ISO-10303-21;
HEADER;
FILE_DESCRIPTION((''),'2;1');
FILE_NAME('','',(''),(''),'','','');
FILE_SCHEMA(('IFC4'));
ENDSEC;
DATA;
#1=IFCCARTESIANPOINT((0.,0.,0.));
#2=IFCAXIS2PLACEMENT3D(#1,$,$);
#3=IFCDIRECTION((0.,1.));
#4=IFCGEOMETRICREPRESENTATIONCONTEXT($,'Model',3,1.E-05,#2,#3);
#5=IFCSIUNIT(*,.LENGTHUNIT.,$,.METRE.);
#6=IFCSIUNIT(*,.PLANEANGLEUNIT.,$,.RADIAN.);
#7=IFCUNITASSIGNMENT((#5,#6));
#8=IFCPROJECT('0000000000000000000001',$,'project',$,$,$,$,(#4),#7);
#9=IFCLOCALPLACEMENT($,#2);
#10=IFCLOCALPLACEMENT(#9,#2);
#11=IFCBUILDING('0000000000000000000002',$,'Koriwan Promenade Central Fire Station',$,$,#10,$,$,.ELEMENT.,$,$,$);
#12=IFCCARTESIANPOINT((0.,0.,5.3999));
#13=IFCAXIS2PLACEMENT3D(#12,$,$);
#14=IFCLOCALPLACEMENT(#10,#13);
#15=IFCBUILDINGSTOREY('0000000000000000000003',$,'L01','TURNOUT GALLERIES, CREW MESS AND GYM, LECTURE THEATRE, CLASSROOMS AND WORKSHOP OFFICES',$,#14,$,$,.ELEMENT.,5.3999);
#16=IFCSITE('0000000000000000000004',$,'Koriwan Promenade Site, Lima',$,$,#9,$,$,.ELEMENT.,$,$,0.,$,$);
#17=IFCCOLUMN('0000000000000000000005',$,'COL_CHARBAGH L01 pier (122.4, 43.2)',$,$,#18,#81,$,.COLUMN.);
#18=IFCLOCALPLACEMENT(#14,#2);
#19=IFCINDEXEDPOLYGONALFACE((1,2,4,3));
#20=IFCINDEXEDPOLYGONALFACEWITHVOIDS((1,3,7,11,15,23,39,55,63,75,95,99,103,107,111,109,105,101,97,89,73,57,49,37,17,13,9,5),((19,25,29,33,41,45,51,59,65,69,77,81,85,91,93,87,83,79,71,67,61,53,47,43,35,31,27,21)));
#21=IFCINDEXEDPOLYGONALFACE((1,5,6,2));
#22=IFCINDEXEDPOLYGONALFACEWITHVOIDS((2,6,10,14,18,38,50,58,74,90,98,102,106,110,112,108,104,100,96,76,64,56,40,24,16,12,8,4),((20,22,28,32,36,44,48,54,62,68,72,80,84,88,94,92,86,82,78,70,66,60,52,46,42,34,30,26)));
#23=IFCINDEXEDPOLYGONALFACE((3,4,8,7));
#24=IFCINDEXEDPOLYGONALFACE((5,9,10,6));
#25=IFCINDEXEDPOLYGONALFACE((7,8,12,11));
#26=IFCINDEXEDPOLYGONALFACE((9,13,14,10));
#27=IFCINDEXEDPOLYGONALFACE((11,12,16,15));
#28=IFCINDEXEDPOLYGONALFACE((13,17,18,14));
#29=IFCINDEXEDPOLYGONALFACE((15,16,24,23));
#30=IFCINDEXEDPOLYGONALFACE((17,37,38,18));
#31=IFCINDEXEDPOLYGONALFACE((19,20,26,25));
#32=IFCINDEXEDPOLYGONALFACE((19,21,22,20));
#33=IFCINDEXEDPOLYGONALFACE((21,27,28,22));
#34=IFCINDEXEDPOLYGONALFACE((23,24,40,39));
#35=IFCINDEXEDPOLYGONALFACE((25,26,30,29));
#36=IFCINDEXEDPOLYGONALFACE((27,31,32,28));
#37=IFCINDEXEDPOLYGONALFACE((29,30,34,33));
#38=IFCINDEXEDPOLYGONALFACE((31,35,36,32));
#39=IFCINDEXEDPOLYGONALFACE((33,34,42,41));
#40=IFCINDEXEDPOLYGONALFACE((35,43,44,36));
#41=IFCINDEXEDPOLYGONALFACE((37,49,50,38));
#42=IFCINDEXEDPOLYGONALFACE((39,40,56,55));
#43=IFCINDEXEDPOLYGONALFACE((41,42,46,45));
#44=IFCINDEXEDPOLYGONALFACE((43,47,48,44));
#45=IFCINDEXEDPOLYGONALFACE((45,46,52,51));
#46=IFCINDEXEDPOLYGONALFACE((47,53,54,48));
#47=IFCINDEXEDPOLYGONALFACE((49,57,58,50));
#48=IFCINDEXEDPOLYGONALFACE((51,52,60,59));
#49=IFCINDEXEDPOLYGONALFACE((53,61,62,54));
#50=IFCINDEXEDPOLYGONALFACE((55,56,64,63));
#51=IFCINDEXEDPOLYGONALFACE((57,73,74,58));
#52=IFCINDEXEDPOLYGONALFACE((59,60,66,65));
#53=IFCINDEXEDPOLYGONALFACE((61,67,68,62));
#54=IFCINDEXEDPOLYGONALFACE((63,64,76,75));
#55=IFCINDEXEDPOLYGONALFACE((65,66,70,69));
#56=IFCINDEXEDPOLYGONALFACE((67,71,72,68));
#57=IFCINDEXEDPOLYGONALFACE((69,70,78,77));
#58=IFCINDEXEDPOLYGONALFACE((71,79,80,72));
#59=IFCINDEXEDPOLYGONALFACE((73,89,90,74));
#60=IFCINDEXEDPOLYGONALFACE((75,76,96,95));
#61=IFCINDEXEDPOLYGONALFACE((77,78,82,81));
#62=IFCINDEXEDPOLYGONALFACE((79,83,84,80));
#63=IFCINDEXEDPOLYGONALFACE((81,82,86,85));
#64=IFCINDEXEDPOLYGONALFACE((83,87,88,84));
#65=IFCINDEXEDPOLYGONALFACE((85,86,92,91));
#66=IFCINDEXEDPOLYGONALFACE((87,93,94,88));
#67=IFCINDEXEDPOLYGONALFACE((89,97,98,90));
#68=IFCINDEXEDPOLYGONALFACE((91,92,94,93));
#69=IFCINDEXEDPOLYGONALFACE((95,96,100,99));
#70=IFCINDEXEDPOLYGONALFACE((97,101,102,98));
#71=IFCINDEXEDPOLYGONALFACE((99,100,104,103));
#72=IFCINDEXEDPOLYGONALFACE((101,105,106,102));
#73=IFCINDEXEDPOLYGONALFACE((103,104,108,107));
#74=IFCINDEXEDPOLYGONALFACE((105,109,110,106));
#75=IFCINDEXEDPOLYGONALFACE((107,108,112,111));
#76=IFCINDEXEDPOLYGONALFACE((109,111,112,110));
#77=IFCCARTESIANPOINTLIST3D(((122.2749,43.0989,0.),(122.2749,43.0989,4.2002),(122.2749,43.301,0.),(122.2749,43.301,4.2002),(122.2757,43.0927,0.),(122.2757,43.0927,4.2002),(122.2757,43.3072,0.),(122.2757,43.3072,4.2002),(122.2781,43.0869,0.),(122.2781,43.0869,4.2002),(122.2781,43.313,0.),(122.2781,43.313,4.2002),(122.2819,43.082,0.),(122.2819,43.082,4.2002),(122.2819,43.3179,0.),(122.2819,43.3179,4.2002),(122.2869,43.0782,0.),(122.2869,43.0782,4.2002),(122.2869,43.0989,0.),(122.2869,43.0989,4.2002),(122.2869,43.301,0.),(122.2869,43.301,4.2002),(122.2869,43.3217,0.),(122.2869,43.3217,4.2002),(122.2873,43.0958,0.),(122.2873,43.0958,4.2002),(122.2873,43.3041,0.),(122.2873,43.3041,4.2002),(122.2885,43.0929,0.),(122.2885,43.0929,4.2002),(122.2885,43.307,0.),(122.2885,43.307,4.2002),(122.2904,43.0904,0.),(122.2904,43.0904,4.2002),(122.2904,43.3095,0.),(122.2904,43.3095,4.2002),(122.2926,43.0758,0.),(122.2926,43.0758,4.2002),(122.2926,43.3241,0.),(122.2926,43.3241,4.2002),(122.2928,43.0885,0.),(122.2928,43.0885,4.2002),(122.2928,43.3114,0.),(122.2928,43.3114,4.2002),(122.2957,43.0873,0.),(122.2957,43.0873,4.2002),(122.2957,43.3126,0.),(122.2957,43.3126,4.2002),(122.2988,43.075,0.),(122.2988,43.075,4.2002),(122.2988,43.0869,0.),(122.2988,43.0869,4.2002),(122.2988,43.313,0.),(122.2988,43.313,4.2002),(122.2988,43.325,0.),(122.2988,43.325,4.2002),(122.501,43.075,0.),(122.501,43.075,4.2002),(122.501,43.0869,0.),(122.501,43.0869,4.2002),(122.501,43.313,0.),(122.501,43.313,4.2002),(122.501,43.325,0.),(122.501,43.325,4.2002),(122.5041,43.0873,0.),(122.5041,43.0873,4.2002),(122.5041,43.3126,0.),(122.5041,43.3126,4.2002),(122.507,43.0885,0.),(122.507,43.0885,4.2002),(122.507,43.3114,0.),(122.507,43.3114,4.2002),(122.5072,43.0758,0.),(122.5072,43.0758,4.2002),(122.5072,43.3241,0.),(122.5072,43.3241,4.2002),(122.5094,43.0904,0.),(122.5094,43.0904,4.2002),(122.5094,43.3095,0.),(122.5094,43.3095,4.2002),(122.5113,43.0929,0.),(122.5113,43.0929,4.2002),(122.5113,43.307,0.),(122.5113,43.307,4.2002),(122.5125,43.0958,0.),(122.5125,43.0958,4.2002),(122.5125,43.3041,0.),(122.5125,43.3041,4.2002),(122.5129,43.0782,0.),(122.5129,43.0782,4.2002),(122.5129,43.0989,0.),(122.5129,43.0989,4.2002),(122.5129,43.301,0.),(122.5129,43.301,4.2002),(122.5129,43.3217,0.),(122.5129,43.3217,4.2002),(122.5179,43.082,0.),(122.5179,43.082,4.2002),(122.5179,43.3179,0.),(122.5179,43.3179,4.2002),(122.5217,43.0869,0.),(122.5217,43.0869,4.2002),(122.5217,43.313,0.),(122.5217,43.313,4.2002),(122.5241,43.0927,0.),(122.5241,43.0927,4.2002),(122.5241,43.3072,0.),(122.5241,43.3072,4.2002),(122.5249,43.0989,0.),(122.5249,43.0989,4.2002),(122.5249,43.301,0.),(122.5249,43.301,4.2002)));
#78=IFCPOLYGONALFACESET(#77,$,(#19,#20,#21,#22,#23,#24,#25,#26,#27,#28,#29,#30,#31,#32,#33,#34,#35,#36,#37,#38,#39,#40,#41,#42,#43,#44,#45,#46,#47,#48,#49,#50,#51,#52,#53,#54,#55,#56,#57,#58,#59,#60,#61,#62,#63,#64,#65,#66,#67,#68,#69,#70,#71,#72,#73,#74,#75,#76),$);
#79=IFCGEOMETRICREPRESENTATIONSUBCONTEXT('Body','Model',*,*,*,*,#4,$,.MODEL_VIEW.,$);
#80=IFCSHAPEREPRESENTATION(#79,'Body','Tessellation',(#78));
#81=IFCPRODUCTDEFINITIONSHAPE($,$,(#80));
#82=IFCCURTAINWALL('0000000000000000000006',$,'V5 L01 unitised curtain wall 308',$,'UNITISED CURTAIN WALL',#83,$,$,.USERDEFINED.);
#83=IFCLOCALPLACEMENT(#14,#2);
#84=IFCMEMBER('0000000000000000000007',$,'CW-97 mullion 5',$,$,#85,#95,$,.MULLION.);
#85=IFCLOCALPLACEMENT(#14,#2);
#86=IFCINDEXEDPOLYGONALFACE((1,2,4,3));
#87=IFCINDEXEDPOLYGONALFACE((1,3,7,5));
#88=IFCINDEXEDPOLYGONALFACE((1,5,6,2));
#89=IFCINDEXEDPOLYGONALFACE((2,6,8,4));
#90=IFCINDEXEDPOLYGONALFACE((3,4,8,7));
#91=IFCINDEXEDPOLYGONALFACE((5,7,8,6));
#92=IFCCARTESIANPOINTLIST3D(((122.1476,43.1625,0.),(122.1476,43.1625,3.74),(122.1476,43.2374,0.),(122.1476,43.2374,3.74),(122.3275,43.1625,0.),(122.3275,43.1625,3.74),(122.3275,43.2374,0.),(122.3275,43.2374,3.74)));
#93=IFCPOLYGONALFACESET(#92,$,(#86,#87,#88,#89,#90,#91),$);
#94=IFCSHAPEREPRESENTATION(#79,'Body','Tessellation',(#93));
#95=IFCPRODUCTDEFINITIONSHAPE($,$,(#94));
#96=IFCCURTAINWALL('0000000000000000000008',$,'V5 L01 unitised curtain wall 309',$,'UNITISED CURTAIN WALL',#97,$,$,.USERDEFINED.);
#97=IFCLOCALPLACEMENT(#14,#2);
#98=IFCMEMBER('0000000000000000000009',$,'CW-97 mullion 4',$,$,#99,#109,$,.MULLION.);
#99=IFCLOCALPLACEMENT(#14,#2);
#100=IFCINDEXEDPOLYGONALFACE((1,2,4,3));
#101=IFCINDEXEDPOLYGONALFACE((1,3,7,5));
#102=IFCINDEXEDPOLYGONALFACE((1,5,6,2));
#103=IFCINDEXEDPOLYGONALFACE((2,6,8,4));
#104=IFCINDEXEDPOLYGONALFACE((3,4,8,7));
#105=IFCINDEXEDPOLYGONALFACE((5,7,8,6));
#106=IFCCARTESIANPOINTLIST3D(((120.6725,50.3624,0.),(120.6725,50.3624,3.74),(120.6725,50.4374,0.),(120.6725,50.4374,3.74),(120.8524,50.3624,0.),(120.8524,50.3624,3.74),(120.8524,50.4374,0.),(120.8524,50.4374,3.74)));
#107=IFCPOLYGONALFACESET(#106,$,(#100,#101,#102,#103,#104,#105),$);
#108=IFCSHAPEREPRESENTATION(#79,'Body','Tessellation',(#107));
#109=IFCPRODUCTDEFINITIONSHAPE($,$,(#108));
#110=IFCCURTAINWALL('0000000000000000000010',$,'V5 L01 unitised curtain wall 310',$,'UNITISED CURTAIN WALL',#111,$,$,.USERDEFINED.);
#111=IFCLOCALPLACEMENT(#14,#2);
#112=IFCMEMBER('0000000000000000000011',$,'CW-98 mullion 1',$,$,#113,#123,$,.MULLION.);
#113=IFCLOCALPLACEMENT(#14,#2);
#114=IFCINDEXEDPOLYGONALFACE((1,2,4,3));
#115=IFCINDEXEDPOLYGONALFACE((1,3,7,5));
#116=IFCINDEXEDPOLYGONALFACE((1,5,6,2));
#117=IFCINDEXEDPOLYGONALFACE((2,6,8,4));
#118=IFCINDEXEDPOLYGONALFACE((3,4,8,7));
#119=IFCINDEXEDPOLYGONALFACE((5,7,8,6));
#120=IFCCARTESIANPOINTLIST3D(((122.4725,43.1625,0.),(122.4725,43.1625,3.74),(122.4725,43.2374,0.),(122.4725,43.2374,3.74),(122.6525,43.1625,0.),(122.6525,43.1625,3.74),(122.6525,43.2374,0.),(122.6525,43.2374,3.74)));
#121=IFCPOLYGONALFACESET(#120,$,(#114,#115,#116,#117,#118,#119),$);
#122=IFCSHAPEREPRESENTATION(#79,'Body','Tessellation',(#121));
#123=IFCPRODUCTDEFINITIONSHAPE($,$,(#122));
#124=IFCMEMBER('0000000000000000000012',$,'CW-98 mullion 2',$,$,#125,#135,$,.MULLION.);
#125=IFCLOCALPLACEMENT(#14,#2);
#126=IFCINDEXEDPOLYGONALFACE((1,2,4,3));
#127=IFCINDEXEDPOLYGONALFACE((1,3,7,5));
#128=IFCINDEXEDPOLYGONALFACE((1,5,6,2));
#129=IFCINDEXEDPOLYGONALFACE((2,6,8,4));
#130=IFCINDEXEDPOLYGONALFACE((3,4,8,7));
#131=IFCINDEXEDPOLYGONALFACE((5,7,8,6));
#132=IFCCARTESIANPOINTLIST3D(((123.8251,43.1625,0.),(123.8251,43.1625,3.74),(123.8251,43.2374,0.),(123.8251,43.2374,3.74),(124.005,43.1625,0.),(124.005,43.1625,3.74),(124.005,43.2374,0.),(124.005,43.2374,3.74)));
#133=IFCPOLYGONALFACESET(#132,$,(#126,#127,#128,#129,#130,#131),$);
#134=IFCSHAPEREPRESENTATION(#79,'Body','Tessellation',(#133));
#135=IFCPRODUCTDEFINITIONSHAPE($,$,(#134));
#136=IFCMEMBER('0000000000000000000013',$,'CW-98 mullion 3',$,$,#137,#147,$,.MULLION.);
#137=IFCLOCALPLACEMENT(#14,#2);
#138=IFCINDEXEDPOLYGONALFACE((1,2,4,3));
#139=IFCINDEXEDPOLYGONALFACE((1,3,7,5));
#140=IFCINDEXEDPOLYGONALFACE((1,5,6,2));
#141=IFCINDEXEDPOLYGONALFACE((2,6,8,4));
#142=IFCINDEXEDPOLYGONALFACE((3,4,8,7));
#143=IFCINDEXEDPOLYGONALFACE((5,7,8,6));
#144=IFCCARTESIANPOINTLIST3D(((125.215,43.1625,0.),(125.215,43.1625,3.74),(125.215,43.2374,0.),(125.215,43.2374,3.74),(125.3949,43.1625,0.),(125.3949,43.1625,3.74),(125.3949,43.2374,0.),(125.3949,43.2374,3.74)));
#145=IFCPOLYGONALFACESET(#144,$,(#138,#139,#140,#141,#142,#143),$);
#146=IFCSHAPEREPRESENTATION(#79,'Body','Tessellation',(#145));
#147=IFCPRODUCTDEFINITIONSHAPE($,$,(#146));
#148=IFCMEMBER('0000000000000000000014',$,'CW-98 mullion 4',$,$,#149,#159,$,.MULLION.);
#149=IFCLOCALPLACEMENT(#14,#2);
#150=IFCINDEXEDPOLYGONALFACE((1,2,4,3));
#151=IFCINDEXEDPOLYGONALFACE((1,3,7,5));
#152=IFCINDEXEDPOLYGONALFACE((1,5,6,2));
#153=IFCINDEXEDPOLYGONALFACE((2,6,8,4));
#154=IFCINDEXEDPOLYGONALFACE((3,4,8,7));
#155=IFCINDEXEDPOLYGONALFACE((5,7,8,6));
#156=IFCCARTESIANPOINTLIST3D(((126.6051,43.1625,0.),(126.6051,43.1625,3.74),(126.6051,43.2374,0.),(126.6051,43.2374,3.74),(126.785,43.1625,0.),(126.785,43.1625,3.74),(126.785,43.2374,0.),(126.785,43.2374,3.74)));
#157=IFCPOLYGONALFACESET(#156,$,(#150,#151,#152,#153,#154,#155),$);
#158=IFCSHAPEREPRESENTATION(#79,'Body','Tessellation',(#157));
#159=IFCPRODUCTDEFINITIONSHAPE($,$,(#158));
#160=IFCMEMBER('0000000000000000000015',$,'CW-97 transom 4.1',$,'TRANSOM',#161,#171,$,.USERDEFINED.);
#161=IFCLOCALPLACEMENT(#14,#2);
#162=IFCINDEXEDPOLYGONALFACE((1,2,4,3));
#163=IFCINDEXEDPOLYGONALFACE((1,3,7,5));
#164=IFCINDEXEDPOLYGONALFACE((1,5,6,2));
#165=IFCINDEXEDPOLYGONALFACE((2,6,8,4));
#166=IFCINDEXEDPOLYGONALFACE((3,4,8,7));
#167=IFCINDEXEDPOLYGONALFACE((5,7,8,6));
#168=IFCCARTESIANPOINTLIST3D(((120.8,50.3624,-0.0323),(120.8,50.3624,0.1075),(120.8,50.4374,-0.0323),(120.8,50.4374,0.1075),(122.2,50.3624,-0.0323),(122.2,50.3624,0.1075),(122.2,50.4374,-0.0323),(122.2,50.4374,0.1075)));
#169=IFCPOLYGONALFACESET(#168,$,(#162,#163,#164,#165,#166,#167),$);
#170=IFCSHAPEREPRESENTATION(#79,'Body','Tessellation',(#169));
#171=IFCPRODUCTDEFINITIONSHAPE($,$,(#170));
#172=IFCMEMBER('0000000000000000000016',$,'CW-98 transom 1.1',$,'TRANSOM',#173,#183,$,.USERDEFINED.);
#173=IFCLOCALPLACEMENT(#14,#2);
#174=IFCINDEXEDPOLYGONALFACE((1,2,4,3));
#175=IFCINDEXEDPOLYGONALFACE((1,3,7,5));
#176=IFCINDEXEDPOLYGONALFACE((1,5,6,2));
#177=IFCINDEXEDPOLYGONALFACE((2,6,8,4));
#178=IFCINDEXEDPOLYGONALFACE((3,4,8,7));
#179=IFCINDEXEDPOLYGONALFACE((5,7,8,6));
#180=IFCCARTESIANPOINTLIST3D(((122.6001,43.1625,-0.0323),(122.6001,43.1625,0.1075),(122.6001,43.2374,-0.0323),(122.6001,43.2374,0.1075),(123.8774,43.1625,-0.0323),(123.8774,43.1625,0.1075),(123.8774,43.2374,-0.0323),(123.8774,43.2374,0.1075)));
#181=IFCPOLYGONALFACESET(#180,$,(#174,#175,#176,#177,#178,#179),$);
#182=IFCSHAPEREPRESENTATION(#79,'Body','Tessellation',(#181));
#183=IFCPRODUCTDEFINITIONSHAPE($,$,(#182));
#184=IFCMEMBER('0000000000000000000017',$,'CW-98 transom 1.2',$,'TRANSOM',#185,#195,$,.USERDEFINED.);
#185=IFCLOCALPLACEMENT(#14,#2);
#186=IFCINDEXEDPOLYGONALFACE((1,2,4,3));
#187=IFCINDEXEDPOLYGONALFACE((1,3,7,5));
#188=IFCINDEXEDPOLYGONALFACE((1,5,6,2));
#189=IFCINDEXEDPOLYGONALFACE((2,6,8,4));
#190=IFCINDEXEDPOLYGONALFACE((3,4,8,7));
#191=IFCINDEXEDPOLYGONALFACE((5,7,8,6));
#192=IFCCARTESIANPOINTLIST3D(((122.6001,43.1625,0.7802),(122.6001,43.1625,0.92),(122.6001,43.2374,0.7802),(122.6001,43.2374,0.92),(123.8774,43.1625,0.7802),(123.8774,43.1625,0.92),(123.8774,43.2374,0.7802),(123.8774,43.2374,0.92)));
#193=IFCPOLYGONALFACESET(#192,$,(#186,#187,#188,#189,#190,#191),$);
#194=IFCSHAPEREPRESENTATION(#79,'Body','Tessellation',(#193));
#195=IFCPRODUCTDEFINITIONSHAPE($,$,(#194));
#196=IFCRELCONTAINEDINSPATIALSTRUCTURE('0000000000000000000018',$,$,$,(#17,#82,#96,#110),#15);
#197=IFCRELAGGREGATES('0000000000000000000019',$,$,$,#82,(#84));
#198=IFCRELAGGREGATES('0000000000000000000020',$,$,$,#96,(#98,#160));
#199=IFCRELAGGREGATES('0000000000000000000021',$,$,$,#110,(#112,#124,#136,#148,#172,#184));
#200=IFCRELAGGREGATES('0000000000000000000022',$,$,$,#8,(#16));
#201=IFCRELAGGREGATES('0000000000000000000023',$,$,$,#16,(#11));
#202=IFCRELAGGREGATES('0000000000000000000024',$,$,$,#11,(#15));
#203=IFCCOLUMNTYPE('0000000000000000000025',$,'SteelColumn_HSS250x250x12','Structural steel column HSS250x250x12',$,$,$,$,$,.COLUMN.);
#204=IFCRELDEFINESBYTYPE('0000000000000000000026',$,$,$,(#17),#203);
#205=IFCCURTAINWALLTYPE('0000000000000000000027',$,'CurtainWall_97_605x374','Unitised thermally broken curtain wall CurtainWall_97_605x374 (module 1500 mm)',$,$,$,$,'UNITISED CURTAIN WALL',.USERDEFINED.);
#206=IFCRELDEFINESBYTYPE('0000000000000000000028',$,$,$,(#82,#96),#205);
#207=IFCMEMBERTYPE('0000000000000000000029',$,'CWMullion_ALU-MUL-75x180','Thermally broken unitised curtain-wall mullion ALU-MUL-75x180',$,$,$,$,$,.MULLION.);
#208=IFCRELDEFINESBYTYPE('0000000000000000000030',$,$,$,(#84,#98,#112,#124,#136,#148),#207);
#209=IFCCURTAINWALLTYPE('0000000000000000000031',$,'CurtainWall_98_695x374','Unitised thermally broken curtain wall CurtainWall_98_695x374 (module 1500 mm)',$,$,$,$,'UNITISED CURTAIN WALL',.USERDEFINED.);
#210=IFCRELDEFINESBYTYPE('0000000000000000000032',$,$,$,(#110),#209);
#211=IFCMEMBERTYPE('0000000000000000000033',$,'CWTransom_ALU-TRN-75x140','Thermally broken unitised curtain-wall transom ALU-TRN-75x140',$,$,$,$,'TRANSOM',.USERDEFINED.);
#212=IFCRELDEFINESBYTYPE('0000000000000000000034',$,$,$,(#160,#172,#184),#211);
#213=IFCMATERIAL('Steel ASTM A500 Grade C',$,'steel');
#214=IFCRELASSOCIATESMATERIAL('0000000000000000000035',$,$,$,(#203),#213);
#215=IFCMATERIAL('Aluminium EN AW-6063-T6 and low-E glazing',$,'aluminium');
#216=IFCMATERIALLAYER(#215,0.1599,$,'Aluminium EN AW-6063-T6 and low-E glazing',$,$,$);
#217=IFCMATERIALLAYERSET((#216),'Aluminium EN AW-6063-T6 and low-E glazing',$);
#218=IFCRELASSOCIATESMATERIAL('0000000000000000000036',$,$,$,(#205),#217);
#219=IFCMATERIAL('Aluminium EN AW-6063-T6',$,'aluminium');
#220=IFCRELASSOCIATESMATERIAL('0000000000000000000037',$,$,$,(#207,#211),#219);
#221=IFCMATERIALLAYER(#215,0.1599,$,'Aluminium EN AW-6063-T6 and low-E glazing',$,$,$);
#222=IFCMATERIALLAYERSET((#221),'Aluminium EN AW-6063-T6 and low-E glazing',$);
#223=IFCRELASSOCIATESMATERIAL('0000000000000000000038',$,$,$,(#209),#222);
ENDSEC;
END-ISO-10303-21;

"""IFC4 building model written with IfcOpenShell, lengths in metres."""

from ifc_helpers import new_model, si_unit, direction, frame, origin, origin_2d, place, context, subcontext, project, spatial, rectangle, hollow_rectangle, extrude, material, layer, layer_set, material_profile, profile_set, type_object, element, aggregate, save


model = new_model("IFC4")

# Units and contexts
model_context = context("Model", 3, precision=1e-05, world=origin(), true_north=direction((0.0, 1.0)))
body_context = subcontext(model_context, "Body", "Model", "MODEL_VIEW")
ifc_project = project(units=[si_unit("LENGTHUNIT", "METRE"), si_unit("PLANEANGLEUNIT", "RADIAN")], contexts=[model_context])

# Site, building, storey
site_placement = place(None, origin())
site = spatial("IfcSite", under=ifc_project, at=site_placement, Name="Koriwan Promenade Site, Lima", CompositionType="ELEMENT", RefElevation=0.0)
building_placement = place(site_placement, origin())
building = spatial("IfcBuilding", under=site, at=building_placement, Name="Koriwan Promenade Central Fire Station", CompositionType="ELEMENT")
storey_placement = place(building_placement, frame((0.0, 0.0, 5.3999)))
storey = spatial("IfcBuildingStorey", under=building, at=storey_placement, Name="L01", Description="TURNOUT GALLERIES, CREW MESS AND GYM, LECTURE THEATRE, CLASSROOMS AND WORKSHOP OFFICES", CompositionType="ELEMENT", Elevation=5.3999)

# Column
ifc_material_1 = material(Name="Steel ASTM A500 Grade C", Category="steel")
ifc_material_profile_1 = material_profile(ifc_material_1, hollow_rectangle(XDim=0.25, YDim=0.25, WallThickness=0.012, InnerFilletRadius=0.012, OuterFilletRadius=0.0239, at=origin_2d()), Name="HSS250x250x12")
ifc_profile_set_1 = profile_set([ifc_material_profile_1], Name="Steel ASTM A500 Grade C")
column_type = type_object("IfcColumnType", Name="SteelColumn_HSS250x250x12", Description="Structural steel column HSS250x250x12", PredefinedType="COLUMN", material=ifc_profile_set_1)
column_placement = place(storey_placement, frame((122.3999, 43.2, 0.0), z_axis=(0.0, 0.0, 1.0), x_axis=(1.0, 0.0, 0.0)))
element("IfcColumn", 1, at=column_placement, inside=storey, type_object=column_type, Name="COL_CHARBAGH L01 pier (122.4, 43.2)", PredefinedType="COLUMN", context=body_context, shape_type="SweptSolid", body=[
    extrude(hollow_rectangle(XDim=0.25, YDim=0.25, WallThickness=0.012, InnerFilletRadius=0.012, OuterFilletRadius=0.0239, at=origin_2d()), origin(), (0.0, 0.0, 1.0), 4.2002),
])

# Curtain walls, members
ifc_material_2 = material(Name="Aluminium EN AW-6063-T6 and low-E glazing", Category="aluminium")
ifc_layer_1 = layer(ifc_material_2, 0.1599, Name="Aluminium EN AW-6063-T6 and low-E glazing")
ifc_layer_set_1 = layer_set([ifc_layer_1], Name="Aluminium EN AW-6063-T6 and low-E glazing")
curtain_wall_type_1 = type_object("IfcCurtainWallType", Name="CurtainWall_97_605x374", Description="Unitised thermally broken curtain wall CurtainWall_97_605x374 (module 1500 mm)", ElementType="UNITISED CURTAIN WALL", PredefinedType="USERDEFINED", material=ifc_layer_set_1)
curtain_wall_1_placement = place(storey_placement, origin())
curtain_wall_1 = element("IfcCurtainWall", 2, at=curtain_wall_1_placement, inside=storey, type_object=curtain_wall_type_1, Name="V5 L01 unitised curtain wall 308", ObjectType="UNITISED CURTAIN WALL", PredefinedType="USERDEFINED")
ifc_material_3 = material(Name="Aluminium EN AW-6063-T6", Category="aluminium")
ifc_material_profile_2 = material_profile(ifc_material_3, rectangle(XDim=0.075, YDim=0.1799, at=origin_2d()), Name="ALU-MUL-75x180")
ifc_profile_set_2 = profile_set([ifc_material_profile_2], Name="Aluminium EN AW-6063-T6")
member_type_1 = type_object("IfcMemberType", Name="CWMullion_ALU-MUL-75x180", Description="Thermally broken unitised curtain-wall mullion ALU-MUL-75x180", PredefinedType="MULLION", material=ifc_profile_set_2)
member_1_placement = place(storey_placement, frame((122.2375, 43.2, 0.0), z_axis=(0.0, 0.0, 1.0), x_axis=(0.0, 1.0, 0.0)))
member_1 = element("IfcMember", 3, at=member_1_placement, type_object=member_type_1, Name="CW-97 mullion 5", PredefinedType="MULLION", context=body_context, shape_type="SweptSolid", body=[
    extrude(rectangle(XDim=0.075, YDim=0.1799, at=origin_2d()), origin(), (0.0, 0.0, 1.0), 3.74),
])
curtain_wall_2_placement = place(storey_placement, origin())
curtain_wall_2 = element("IfcCurtainWall", 4, at=curtain_wall_2_placement, inside=storey, type_object=curtain_wall_type_1, Name="V5 L01 unitised curtain wall 309", ObjectType="UNITISED CURTAIN WALL", PredefinedType="USERDEFINED")
member_2_placement = place(storey_placement, frame((120.7625, 50.3999, 0.0), z_axis=(0.0, 0.0, 1.0), x_axis=(0.0, 1.0, 0.0)))
member_2 = element("IfcMember", 5, at=member_2_placement, type_object=member_type_1, Name="CW-97 mullion 4", PredefinedType="MULLION", context=body_context, shape_type="SweptSolid", body=[
    extrude(rectangle(XDim=0.075, YDim=0.1799, at=origin_2d()), origin(), (0.0, 0.0, 1.0), 3.74),
])

# Curtain wall, members
ifc_layer_2 = layer(ifc_material_2, 0.1599, Name="Aluminium EN AW-6063-T6 and low-E glazing")
ifc_layer_set_2 = layer_set([ifc_layer_2], Name="Aluminium EN AW-6063-T6 and low-E glazing")
curtain_wall_type_2 = type_object("IfcCurtainWallType", Name="CurtainWall_98_695x374", Description="Unitised thermally broken curtain wall CurtainWall_98_695x374 (module 1500 mm)", ElementType="UNITISED CURTAIN WALL", PredefinedType="USERDEFINED", material=ifc_layer_set_2)
curtain_wall_3_placement = place(storey_placement, origin())
curtain_wall_3 = element("IfcCurtainWall", 6, at=curtain_wall_3_placement, inside=storey, type_object=curtain_wall_type_2, Name="V5 L01 unitised curtain wall 310", ObjectType="UNITISED CURTAIN WALL", PredefinedType="USERDEFINED")
member_3_placement = place(storey_placement, frame((122.5625, 43.2, 0.0), z_axis=(0.0, 0.0, 1.0), x_axis=(0.0, 1.0, 0.0)))
member_3 = element("IfcMember", 7, at=member_3_placement, type_object=member_type_1, Name="CW-98 mullion 1", PredefinedType="MULLION", context=body_context, shape_type="SweptSolid", body=[
    extrude(rectangle(XDim=0.075, YDim=0.1799, at=origin_2d()), origin(), (0.0, 0.0, 1.0), 3.74),
])
member_4_placement = place(storey_placement, frame((123.915, 43.2, 0.0), z_axis=(0.0, 0.0, 1.0), x_axis=(0.0, 1.0, 0.0)))
member_4 = element("IfcMember", 8, at=member_4_placement, type_object=member_type_1, Name="CW-98 mullion 2", PredefinedType="MULLION", context=body_context, shape_type="SweptSolid", body=[
    extrude(rectangle(XDim=0.075, YDim=0.1799, at=origin_2d()), origin(), (0.0, 0.0, 1.0), 3.74),
])
member_5_placement = place(storey_placement, frame((125.3049, 43.2, 0.0), z_axis=(0.0, 0.0, 1.0), x_axis=(0.0, 1.0, 0.0)))
member_5 = element("IfcMember", 9, at=member_5_placement, type_object=member_type_1, Name="CW-98 mullion 3", PredefinedType="MULLION", context=body_context, shape_type="SweptSolid", body=[
    extrude(rectangle(XDim=0.075, YDim=0.1799, at=origin_2d()), origin(), (0.0, 0.0, 1.0), 3.74),
])
member_6_placement = place(storey_placement, frame((126.6951, 43.2, 0.0), z_axis=(0.0, 0.0, 1.0), x_axis=(0.0, 1.0, 0.0)))
member_6 = element("IfcMember", 10, at=member_6_placement, type_object=member_type_1, Name="CW-98 mullion 4", PredefinedType="MULLION", context=body_context, shape_type="SweptSolid", body=[
    extrude(rectangle(XDim=0.075, YDim=0.1799, at=origin_2d()), origin(), (0.0, 0.0, 1.0), 3.74),
])

# Members
ifc_material_profile_3 = material_profile(ifc_material_3, rectangle(XDim=0.075, YDim=0.1399, at=origin_2d()), Name="ALU-TRN-75x140")
ifc_profile_set_3 = profile_set([ifc_material_profile_3], Name="Aluminium EN AW-6063-T6")
member_type_2 = type_object("IfcMemberType", Name="CWTransom_ALU-TRN-75x140", Description="Thermally broken unitised curtain-wall transom ALU-TRN-75x140", ElementType="TRANSOM", PredefinedType="USERDEFINED", material=ifc_profile_set_3)
member_7_placement = place(storey_placement, frame((120.8, 50.3999, 0.0376), z_axis=(1.0, 0.0, 0.0), x_axis=(0.0, 1.0, 0.0)))
member_7 = element("IfcMember", 11, at=member_7_placement, type_object=member_type_2, Name="CW-97 transom 4.1", ObjectType="TRANSOM", PredefinedType="USERDEFINED", context=body_context, shape_type="SweptSolid", body=[
    extrude(rectangle(XDim=0.075, YDim=0.1399, at=origin_2d()), origin(), (0.0, 0.0, 1.0), 1.3999),
])
member_8_placement = place(storey_placement, frame((122.6001, 43.2, 0.0376), z_axis=(1.0, 0.0, 0.0), x_axis=(0.0, 1.0, 0.0)))
member_8 = element("IfcMember", 12, at=member_8_placement, type_object=member_type_2, Name="CW-98 transom 1.1", ObjectType="TRANSOM", PredefinedType="USERDEFINED", context=body_context, shape_type="SweptSolid", body=[
    extrude(rectangle(XDim=0.075, YDim=0.1399, at=origin_2d()), origin(), (0.0, 0.0, 1.0), 1.2773),
])
member_9_placement = place(storey_placement, frame((122.6001, 43.2, 0.8501), z_axis=(1.0, 0.0, 0.0), x_axis=(0.0, 1.0, 0.0)))
member_9 = element("IfcMember", 13, at=member_9_placement, type_object=member_type_2, Name="CW-98 transom 1.2", ObjectType="TRANSOM", PredefinedType="USERDEFINED", context=body_context, shape_type="SweptSolid", body=[
    extrude(rectangle(XDim=0.075, YDim=0.1399, at=origin_2d()), origin(), (0.0, 0.0, 1.0), 1.2773),
])

aggregate(curtain_wall_1, [member_1])
aggregate(curtain_wall_2, [member_2, member_7])
aggregate(curtain_wall_3, [member_3, member_4, member_5, member_6, member_8, member_9])

save(model, "model.ifc")
